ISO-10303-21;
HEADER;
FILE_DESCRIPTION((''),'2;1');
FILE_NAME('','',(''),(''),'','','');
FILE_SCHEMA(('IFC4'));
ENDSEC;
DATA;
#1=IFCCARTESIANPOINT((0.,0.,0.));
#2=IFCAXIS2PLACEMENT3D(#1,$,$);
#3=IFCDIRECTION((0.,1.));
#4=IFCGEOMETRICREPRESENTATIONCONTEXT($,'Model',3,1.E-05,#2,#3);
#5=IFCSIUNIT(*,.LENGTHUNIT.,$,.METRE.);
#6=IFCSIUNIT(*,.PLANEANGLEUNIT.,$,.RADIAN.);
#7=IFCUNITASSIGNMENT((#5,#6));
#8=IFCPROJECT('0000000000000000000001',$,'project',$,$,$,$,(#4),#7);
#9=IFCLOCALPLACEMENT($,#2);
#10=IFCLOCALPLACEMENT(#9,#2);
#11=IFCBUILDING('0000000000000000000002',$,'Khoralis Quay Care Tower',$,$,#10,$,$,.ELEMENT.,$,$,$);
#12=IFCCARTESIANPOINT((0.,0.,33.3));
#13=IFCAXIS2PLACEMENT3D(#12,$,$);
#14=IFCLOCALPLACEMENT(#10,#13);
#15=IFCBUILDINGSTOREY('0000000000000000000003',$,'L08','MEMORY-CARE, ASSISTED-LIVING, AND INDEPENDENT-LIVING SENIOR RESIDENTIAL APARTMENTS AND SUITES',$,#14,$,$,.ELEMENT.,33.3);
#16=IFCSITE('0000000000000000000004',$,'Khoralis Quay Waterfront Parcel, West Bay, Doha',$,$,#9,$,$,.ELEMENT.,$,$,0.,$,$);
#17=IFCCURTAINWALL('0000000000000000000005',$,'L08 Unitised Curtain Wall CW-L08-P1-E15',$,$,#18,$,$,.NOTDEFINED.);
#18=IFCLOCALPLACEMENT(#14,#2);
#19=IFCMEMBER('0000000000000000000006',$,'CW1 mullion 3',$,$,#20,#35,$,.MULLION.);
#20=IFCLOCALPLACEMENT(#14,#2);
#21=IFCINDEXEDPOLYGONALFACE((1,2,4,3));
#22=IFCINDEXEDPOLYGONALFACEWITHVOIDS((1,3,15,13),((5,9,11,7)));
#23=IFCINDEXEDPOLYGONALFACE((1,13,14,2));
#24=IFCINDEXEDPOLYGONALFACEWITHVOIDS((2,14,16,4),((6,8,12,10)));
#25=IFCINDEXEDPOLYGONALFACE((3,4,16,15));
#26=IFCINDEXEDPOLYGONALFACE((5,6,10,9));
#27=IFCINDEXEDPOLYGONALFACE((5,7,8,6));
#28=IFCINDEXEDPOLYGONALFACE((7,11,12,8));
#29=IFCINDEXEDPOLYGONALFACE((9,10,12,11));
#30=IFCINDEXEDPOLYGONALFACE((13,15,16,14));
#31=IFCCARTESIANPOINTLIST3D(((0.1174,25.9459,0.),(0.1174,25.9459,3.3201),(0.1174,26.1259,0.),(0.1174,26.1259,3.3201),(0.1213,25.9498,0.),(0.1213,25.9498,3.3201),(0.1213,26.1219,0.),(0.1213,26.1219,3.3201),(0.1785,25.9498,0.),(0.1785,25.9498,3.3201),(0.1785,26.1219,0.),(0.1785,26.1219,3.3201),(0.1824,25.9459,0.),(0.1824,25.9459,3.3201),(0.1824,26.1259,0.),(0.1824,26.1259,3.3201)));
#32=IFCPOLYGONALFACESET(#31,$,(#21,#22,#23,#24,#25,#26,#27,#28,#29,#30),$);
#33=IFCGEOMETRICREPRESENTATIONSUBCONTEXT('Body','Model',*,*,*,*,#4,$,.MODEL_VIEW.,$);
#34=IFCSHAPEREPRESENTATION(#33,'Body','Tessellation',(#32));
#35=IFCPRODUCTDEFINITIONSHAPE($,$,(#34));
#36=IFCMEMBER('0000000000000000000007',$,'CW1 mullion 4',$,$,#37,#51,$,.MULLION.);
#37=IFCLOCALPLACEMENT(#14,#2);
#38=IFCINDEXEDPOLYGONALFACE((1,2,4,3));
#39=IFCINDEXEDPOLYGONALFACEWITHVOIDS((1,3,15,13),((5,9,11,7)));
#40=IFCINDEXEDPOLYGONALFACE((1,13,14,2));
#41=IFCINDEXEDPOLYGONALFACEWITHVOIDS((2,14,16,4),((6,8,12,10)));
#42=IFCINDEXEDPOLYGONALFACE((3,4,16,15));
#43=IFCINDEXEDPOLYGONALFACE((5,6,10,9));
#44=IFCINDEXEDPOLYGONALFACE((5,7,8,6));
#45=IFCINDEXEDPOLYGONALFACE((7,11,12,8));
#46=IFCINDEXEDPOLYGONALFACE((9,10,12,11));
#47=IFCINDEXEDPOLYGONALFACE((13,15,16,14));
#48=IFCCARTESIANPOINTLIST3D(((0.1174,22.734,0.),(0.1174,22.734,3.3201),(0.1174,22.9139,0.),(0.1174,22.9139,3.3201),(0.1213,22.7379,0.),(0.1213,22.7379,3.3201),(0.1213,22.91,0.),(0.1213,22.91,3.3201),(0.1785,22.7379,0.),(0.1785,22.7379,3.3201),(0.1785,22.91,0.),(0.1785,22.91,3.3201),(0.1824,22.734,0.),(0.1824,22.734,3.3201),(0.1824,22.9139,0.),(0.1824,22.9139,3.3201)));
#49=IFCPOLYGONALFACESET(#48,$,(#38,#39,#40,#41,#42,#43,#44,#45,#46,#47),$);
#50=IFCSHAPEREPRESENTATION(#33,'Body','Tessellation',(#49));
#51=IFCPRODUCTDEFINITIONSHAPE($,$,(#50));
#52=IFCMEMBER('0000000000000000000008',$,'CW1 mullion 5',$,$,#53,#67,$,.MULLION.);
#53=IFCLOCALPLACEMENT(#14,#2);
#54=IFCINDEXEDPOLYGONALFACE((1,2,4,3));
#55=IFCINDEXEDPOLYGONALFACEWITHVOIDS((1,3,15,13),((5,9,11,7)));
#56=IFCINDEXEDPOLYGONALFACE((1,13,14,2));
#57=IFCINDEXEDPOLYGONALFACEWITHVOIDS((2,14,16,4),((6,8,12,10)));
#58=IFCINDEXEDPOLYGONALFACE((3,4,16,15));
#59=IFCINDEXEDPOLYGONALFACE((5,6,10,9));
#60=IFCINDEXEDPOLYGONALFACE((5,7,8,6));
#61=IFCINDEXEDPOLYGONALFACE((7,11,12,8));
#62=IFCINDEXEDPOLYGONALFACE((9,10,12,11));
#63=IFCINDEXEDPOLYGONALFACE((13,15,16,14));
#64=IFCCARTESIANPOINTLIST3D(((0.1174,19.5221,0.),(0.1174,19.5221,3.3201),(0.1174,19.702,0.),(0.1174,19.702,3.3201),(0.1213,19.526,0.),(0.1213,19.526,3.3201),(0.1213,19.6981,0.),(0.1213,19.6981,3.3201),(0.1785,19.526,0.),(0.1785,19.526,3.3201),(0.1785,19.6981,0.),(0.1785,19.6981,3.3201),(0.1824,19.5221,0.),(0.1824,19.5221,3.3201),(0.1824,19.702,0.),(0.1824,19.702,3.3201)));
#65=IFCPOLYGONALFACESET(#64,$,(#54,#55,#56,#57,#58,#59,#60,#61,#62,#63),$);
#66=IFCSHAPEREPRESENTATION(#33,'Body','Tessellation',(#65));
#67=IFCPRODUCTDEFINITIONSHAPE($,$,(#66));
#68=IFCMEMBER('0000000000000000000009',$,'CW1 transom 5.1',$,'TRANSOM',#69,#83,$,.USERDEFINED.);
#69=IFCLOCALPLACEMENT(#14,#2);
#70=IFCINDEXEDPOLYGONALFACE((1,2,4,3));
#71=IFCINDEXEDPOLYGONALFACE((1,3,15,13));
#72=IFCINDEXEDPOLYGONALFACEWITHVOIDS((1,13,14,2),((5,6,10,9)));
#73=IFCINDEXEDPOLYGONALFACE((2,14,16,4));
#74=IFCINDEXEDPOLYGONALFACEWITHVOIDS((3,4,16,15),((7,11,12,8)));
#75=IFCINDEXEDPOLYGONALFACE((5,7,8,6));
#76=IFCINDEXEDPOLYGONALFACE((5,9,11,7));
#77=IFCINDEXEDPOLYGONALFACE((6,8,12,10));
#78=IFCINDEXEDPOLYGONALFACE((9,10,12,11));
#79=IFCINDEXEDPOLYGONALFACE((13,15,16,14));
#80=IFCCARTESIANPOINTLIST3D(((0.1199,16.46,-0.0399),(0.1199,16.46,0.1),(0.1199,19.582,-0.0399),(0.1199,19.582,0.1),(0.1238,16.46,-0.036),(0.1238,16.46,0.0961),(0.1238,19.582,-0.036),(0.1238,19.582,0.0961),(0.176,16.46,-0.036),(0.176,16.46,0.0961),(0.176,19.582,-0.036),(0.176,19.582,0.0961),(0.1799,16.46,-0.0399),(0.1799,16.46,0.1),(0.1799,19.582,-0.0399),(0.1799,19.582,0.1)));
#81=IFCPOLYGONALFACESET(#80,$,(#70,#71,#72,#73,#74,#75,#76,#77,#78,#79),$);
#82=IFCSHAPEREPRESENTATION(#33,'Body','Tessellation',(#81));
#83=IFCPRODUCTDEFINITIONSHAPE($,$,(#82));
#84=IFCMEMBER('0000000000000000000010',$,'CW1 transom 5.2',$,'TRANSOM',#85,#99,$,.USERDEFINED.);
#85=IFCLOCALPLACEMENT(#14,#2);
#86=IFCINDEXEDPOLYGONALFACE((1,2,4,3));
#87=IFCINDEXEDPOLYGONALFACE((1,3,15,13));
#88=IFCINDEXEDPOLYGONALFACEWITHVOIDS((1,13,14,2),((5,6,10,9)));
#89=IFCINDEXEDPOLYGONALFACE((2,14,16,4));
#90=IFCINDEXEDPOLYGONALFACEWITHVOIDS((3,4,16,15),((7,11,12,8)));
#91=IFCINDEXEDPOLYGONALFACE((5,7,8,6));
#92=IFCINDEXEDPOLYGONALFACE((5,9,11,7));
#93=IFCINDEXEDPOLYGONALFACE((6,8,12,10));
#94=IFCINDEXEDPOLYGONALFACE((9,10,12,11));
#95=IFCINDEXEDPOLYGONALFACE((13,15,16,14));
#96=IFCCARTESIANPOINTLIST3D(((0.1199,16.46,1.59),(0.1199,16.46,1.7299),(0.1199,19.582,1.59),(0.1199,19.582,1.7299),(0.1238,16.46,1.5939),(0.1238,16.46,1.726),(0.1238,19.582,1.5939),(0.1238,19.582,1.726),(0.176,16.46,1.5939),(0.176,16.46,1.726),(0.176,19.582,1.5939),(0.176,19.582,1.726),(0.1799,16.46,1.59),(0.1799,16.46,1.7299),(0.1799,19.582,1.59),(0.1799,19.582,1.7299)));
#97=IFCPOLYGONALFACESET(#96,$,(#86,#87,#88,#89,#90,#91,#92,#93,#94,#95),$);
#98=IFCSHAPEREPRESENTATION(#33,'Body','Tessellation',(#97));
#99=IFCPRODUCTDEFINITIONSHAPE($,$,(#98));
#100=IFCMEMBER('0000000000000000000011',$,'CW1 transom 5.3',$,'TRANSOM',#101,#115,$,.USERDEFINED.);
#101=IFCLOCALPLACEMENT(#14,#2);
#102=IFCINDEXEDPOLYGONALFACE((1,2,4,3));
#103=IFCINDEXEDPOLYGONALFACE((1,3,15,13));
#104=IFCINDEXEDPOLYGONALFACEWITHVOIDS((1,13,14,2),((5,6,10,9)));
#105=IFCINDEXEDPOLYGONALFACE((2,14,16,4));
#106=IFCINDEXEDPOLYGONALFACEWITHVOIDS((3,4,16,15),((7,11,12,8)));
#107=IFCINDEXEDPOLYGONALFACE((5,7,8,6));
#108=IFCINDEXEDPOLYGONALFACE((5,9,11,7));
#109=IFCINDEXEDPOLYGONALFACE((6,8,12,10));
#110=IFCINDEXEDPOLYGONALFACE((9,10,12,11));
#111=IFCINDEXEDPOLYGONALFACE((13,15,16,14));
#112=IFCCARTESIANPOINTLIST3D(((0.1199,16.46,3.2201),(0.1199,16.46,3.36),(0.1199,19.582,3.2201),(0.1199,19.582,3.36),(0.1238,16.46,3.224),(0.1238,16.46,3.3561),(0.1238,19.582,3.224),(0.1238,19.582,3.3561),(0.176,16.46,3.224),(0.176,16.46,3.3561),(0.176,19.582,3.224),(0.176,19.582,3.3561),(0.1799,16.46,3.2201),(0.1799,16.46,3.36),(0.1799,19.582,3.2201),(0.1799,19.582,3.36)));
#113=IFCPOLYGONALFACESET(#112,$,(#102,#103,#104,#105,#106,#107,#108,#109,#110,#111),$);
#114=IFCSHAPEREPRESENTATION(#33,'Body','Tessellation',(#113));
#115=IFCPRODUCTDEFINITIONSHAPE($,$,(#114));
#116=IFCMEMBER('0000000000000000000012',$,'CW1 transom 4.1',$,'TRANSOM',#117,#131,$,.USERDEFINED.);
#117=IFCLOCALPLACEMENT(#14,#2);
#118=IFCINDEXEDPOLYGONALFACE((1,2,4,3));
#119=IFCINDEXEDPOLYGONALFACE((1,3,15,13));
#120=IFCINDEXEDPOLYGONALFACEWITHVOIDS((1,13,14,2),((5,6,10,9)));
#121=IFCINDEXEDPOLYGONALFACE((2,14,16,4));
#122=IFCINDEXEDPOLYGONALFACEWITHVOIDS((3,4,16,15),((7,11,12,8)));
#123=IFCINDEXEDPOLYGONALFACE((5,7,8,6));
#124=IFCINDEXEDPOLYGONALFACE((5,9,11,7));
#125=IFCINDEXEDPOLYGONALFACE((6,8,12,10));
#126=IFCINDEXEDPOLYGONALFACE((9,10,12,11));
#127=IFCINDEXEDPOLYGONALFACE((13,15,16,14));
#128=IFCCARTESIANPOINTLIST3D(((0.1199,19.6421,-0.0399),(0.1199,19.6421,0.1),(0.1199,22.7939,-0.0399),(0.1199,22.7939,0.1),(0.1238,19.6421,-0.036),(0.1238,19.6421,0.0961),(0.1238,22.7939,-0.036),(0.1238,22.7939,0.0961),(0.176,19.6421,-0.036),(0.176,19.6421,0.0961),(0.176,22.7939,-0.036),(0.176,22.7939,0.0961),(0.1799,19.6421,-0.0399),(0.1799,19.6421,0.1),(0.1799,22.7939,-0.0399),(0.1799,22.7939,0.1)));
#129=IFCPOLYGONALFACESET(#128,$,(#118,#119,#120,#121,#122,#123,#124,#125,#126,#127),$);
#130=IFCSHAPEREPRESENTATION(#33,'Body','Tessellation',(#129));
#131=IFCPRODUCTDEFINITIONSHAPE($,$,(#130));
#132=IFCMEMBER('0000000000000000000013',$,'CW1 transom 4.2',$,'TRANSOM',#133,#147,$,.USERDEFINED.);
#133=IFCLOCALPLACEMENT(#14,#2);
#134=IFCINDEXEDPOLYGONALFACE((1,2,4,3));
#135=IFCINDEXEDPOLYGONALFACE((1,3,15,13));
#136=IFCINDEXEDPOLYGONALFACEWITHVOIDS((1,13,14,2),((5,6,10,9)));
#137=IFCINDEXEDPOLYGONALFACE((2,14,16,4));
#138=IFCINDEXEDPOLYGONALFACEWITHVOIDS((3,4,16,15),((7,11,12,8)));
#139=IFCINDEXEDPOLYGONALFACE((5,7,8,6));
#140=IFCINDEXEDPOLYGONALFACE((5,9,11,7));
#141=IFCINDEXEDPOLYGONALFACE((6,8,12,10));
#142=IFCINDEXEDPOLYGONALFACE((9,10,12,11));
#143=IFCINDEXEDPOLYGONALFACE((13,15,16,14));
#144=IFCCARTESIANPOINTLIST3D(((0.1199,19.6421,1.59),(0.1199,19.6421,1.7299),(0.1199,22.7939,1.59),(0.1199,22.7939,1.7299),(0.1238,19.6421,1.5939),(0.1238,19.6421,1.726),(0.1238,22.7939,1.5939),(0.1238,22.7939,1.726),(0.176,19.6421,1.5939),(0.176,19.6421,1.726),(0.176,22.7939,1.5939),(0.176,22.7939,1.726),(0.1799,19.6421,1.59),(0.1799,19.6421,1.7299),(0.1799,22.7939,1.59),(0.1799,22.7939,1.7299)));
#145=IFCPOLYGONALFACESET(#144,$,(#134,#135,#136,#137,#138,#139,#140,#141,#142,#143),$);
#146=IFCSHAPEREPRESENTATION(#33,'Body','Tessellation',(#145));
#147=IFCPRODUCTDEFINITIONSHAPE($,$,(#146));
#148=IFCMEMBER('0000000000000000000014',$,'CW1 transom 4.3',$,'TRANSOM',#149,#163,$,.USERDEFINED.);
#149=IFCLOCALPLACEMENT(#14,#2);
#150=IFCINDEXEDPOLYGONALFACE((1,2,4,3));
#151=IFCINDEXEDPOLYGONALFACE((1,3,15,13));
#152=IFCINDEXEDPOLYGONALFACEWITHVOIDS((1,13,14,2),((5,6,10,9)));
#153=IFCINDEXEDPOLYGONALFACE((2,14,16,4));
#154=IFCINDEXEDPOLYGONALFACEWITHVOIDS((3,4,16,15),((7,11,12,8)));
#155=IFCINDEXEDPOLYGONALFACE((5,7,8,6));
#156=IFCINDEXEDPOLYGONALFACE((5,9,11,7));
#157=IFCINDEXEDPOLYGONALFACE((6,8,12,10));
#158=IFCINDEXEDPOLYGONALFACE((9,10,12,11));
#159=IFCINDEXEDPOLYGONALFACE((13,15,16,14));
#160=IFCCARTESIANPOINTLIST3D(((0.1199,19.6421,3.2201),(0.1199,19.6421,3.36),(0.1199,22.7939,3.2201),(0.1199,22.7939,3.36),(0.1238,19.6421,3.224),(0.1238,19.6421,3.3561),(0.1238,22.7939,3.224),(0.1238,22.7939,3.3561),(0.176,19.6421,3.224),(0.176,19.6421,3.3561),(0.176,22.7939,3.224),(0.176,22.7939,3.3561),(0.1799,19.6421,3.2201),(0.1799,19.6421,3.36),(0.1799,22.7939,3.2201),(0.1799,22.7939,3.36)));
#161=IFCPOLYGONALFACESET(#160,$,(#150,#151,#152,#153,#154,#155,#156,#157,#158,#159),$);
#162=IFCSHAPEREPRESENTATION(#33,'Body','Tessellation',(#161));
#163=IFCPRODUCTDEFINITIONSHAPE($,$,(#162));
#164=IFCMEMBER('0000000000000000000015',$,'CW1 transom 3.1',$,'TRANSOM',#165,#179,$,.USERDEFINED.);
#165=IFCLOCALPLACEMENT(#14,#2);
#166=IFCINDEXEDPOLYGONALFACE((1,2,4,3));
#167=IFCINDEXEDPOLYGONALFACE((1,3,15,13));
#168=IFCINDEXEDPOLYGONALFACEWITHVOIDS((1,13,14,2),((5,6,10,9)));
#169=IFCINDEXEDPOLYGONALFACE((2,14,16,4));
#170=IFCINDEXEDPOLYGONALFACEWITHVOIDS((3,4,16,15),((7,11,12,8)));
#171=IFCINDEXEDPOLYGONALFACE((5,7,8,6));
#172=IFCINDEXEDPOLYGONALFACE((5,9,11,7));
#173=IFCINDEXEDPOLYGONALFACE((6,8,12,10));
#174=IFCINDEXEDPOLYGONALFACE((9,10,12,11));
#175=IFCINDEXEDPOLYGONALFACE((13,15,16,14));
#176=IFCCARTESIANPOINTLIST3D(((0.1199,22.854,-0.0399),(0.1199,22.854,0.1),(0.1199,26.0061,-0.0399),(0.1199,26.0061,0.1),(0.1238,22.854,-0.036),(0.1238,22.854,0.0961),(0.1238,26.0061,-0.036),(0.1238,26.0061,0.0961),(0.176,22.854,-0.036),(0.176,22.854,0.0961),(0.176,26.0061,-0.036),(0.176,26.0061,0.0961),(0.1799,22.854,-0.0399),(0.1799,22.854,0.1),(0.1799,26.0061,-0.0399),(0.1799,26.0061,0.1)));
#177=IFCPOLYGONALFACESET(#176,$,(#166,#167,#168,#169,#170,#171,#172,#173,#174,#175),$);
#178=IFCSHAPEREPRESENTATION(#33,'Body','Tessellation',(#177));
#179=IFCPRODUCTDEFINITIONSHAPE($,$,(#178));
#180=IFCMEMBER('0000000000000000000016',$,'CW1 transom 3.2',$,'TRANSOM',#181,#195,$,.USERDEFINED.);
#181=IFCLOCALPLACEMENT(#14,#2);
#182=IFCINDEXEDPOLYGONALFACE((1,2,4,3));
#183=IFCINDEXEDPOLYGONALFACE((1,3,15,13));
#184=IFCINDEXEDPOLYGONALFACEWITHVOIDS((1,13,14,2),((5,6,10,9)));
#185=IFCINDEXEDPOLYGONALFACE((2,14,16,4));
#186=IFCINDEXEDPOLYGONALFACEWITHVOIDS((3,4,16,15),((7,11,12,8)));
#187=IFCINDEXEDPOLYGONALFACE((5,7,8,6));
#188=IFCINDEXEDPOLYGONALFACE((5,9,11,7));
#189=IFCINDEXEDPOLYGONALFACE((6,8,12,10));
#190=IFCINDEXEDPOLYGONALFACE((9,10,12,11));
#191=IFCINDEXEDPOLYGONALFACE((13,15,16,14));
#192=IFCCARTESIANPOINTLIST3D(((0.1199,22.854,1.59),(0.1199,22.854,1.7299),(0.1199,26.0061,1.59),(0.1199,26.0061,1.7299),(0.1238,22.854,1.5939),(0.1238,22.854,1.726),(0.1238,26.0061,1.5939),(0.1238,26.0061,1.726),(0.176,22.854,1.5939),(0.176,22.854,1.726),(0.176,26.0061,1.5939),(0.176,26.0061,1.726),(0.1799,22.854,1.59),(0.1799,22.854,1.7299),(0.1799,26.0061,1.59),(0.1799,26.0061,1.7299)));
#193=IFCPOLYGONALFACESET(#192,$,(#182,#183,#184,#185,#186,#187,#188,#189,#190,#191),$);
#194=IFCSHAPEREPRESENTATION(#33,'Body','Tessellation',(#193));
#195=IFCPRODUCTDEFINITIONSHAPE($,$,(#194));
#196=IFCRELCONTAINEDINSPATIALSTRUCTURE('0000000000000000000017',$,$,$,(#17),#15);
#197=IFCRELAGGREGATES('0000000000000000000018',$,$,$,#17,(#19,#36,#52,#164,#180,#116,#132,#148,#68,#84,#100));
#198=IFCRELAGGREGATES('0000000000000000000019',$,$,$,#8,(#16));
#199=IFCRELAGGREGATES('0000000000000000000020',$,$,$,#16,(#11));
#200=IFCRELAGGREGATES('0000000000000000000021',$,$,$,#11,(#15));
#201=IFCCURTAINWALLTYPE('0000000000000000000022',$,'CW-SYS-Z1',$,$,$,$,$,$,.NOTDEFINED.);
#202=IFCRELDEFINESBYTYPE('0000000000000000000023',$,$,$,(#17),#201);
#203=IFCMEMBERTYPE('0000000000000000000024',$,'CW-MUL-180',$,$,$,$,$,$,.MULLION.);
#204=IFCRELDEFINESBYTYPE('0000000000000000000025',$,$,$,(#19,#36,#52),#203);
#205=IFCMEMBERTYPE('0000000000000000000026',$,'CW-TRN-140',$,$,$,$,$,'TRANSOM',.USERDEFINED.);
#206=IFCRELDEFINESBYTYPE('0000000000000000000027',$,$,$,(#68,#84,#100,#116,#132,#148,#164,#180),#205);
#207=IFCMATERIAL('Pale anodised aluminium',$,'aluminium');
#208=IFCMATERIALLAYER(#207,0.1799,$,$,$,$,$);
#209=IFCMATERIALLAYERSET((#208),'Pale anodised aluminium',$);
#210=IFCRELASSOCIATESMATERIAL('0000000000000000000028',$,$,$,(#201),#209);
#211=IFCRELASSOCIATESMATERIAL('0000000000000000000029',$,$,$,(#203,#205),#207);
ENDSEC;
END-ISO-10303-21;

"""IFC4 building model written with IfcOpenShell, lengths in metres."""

from ifc_helpers import new_model, si_unit, direction, frame, origin, origin_2d, place, context, subcontext, project, spatial, hollow_rectangle, extrude, source, transform, mapped, material, layer, layer_set, material_profile, profile_set, type_object, element, aggregate, save


model = new_model("IFC4")

# Units and contexts
model_context = context("Model", 3, precision=1e-05, world=origin(), true_north=direction((0.0, 1.0)))
body_context = subcontext(model_context, "Body", "Model", "MODEL_VIEW")
ifc_project = project(units=[si_unit("LENGTHUNIT", "METRE"), si_unit("PLANEANGLEUNIT", "RADIAN")], contexts=[model_context])

# Site, building, storey
site_placement = place(None, origin())
site = spatial("IfcSite", under=ifc_project, at=site_placement, Name="Khoralis Quay Waterfront Parcel, West Bay, Doha", CompositionType="ELEMENT", RefElevation=0.0)
building_placement = place(site_placement, origin())
building = spatial("IfcBuilding", under=site, at=building_placement, Name="Khoralis Quay Care Tower", CompositionType="ELEMENT")
storey_placement = place(building_placement, frame((0.0, 0.0, 33.3)))
storey = spatial("IfcBuildingStorey", under=building, at=storey_placement, Name="L08", Description="MEMORY-CARE, ASSISTED-LIVING, AND INDEPENDENT-LIVING SENIOR RESIDENTIAL APARTMENTS AND SUITES", CompositionType="ELEMENT", Elevation=33.3)

# Curtain wall, members
ifc_material_1 = material(Name="Pale anodised aluminium", Category="aluminium")
ifc_layer_1 = layer(ifc_material_1, 0.1799)
ifc_layer_set_1 = layer_set([ifc_layer_1], Name="Pale anodised aluminium")
curtain_wall_type = type_object("IfcCurtainWallType", Name="CW-SYS-Z1", PredefinedType="NOTDEFINED", material=ifc_layer_set_1)
curtain_wall_placement = place(storey_placement, origin())
curtain_wall = element("IfcCurtainWall", 1, at=curtain_wall_placement, inside=storey, type_object=curtain_wall_type, Name="L08 Unitised Curtain Wall CW-L08-P1-E15", PredefinedType="NOTDEFINED")
ifc_material_profile_1 = material_profile(ifc_material_1, hollow_rectangle(XDim=0.0649, YDim=0.1799, WallThickness=0.0039, at=origin_2d()), Name="Pale anodised aluminium")
ifc_profile_set_1 = profile_set([ifc_material_profile_1], Name="Pale anodised aluminium")
member_type_1 = type_object("IfcMemberType", Name="CW-MUL-180", PredefinedType="MULLION", material=ifc_profile_set_1)
shared_shape_1 = source(origin(), body_context, "Body", "SweptSolid", [
    extrude(hollow_rectangle(XDim=0.0649, YDim=0.1799, WallThickness=0.0039, at=origin_2d()), origin(), (0.0, 0.0, 1.0), 3.3201),
])
member_1_placement = place(storey_placement, frame((0.1499, 26.0359, 0.0), z_axis=(0.0, 0.0, 1.0), x_axis=(1.0, 0.0, 0.0)))
member_1 = element("IfcMember", 2, at=member_1_placement, type_object=member_type_1, Name="CW1 mullion 3", PredefinedType="MULLION", context=body_context, shape_type="MappedRepresentation", body=[
    mapped(shared_shape_1, transform((0.0, 0.0, 0.0), scale=1.0)),
])
member_2_placement = place(storey_placement, frame((0.1499, 22.824, 0.0), z_axis=(0.0, 0.0, 1.0), x_axis=(1.0, 0.0, 0.0)))
member_2 = element("IfcMember", 3, at=member_2_placement, type_object=member_type_1, Name="CW1 mullion 4", PredefinedType="MULLION", context=body_context, shape_type="MappedRepresentation", body=[
    mapped(shared_shape_1, transform((0.0, 0.0, 0.0), scale=1.0)),
])
member_3_placement = place(storey_placement, frame((0.1499, 19.6121, 0.0), z_axis=(0.0, 0.0, 1.0), x_axis=(1.0, 0.0, 0.0)))
member_3 = element("IfcMember", 4, at=member_3_placement, type_object=member_type_1, Name="CW1 mullion 5", PredefinedType="MULLION", context=body_context, shape_type="MappedRepresentation", body=[
    mapped(shared_shape_1, transform((0.0, 0.0, 0.0), scale=1.0)),
])
ifc_material_profile_2 = material_profile(ifc_material_1, hollow_rectangle(XDim=0.0601, YDim=0.1399, WallThickness=0.0039, at=origin_2d()), Name="Pale anodised aluminium")
ifc_profile_set_2 = profile_set([ifc_material_profile_2], Name="Pale anodised aluminium")
member_type_2 = type_object("IfcMemberType", Name="CW-TRN-140", ElementType="TRANSOM", PredefinedType="USERDEFINED", material=ifc_profile_set_2)
shared_shape_2 = source(origin(), body_context, "Body", "SweptSolid", [
    extrude(hollow_rectangle(XDim=0.0601, YDim=0.1399, WallThickness=0.0039, at=origin_2d()), origin(), (0.0, 0.0, 1.0), 3.1221),
])
member_4_placement = place(storey_placement, frame((0.1499, 19.582, 0.03), z_axis=(0.0, -1.0, 0.0), x_axis=(1.0, 0.0, 0.0)))
member_4 = element("IfcMember", 5, at=member_4_placement, type_object=member_type_2, Name="CW1 transom 5.1", ObjectType="TRANSOM", PredefinedType="USERDEFINED", context=body_context, shape_type="MappedRepresentation", body=[
    mapped(shared_shape_2, transform((0.0, 0.0, 0.0), scale=1.0)),
])
member_5_placement = place(storey_placement, frame((0.1499, 19.582, 1.6599), z_axis=(0.0, -1.0, 0.0), x_axis=(1.0, 0.0, 0.0)))
member_5 = element("IfcMember", 6, at=member_5_placement, type_object=member_type_2, Name="CW1 transom 5.2", ObjectType="TRANSOM", PredefinedType="USERDEFINED", context=body_context, shape_type="MappedRepresentation", body=[
    mapped(shared_shape_2, transform((0.0, 0.0, 0.0), scale=1.0)),
])
member_6_placement = place(storey_placement, frame((0.1499, 19.582, 3.29), z_axis=(0.0, -1.0, 0.0), x_axis=(1.0, 0.0, 0.0)))
member_6 = element("IfcMember", 7, at=member_6_placement, type_object=member_type_2, Name="CW1 transom 5.3", ObjectType="TRANSOM", PredefinedType="USERDEFINED", context=body_context, shape_type="MappedRepresentation", body=[
    mapped(shared_shape_2, transform((0.0, 0.0, 0.0), scale=1.0)),
])
shared_shape_3 = source(origin(), body_context, "Body", "SweptSolid", [
    extrude(hollow_rectangle(XDim=0.0601, YDim=0.1399, WallThickness=0.0039, at=origin_2d()), origin(), (0.0, 0.0, 1.0), 3.1519),
])
member_7_placement = place(storey_placement, frame((0.1499, 22.7939, 0.03), z_axis=(0.0, -1.0, 0.0), x_axis=(1.0, 0.0, 0.0)))
member_7 = element("IfcMember", 8, at=member_7_placement, type_object=member_type_2, Name="CW1 transom 4.1", ObjectType="TRANSOM", PredefinedType="USERDEFINED", context=body_context, shape_type="MappedRepresentation", body=[
    mapped(shared_shape_3, transform((0.0, 0.0, 0.0), scale=1.0)),
])
member_8_placement = place(storey_placement, frame((0.1499, 22.7939, 1.6599), z_axis=(0.0, -1.0, 0.0), x_axis=(1.0, 0.0, 0.0)))
member_8 = element("IfcMember", 9, at=member_8_placement, type_object=member_type_2, Name="CW1 transom 4.2", ObjectType="TRANSOM", PredefinedType="USERDEFINED", context=body_context, shape_type="MappedRepresentation", body=[
    mapped(shared_shape_3, transform((0.0, 0.0, 0.0), scale=1.0)),
])
member_9_placement = place(storey_placement, frame((0.1499, 22.7939, 3.29), z_axis=(0.0, -1.0, 0.0), x_axis=(1.0, 0.0, 0.0)))
member_9 = element("IfcMember", 10, at=member_9_placement, type_object=member_type_2, Name="CW1 transom 4.3", ObjectType="TRANSOM", PredefinedType="USERDEFINED", context=body_context, shape_type="MappedRepresentation", body=[
    mapped(shared_shape_3, transform((0.0, 0.0, 0.0), scale=1.0)),
])
shared_shape_4 = source(origin(), body_context, "Body", "SweptSolid", [
    extrude(hollow_rectangle(XDim=0.0601, YDim=0.1399, WallThickness=0.0039, at=origin_2d()), origin(), (0.0, 0.0, 1.0), 3.1521),
])
member_10_placement = place(storey_placement, frame((0.1499, 26.0061, 0.03), z_axis=(0.0, -1.0, 0.0), x_axis=(1.0, 0.0, 0.0)))
member_10 = element("IfcMember", 11, at=member_10_placement, type_object=member_type_2, Name="CW1 transom 3.1", ObjectType="TRANSOM", PredefinedType="USERDEFINED", context=body_context, shape_type="MappedRepresentation", body=[
    mapped(shared_shape_4, transform((0.0, 0.0, 0.0), scale=1.0)),
])
member_11_placement = place(storey_placement, frame((0.1499, 26.0061, 1.6599), z_axis=(0.0, -1.0, 0.0), x_axis=(1.0, 0.0, 0.0)))
member_11 = element("IfcMember", 12, at=member_11_placement, type_object=member_type_2, Name="CW1 transom 3.2", ObjectType="TRANSOM", PredefinedType="USERDEFINED", context=body_context, shape_type="MappedRepresentation", body=[
    mapped(shared_shape_4, transform((0.0, 0.0, 0.0), scale=1.0)),
])
aggregate(curtain_wall, [member_1, member_2, member_3, member_10, member_11, member_7, member_8, member_9, member_4, member_5, member_6])

save(model, "model.ifc")
